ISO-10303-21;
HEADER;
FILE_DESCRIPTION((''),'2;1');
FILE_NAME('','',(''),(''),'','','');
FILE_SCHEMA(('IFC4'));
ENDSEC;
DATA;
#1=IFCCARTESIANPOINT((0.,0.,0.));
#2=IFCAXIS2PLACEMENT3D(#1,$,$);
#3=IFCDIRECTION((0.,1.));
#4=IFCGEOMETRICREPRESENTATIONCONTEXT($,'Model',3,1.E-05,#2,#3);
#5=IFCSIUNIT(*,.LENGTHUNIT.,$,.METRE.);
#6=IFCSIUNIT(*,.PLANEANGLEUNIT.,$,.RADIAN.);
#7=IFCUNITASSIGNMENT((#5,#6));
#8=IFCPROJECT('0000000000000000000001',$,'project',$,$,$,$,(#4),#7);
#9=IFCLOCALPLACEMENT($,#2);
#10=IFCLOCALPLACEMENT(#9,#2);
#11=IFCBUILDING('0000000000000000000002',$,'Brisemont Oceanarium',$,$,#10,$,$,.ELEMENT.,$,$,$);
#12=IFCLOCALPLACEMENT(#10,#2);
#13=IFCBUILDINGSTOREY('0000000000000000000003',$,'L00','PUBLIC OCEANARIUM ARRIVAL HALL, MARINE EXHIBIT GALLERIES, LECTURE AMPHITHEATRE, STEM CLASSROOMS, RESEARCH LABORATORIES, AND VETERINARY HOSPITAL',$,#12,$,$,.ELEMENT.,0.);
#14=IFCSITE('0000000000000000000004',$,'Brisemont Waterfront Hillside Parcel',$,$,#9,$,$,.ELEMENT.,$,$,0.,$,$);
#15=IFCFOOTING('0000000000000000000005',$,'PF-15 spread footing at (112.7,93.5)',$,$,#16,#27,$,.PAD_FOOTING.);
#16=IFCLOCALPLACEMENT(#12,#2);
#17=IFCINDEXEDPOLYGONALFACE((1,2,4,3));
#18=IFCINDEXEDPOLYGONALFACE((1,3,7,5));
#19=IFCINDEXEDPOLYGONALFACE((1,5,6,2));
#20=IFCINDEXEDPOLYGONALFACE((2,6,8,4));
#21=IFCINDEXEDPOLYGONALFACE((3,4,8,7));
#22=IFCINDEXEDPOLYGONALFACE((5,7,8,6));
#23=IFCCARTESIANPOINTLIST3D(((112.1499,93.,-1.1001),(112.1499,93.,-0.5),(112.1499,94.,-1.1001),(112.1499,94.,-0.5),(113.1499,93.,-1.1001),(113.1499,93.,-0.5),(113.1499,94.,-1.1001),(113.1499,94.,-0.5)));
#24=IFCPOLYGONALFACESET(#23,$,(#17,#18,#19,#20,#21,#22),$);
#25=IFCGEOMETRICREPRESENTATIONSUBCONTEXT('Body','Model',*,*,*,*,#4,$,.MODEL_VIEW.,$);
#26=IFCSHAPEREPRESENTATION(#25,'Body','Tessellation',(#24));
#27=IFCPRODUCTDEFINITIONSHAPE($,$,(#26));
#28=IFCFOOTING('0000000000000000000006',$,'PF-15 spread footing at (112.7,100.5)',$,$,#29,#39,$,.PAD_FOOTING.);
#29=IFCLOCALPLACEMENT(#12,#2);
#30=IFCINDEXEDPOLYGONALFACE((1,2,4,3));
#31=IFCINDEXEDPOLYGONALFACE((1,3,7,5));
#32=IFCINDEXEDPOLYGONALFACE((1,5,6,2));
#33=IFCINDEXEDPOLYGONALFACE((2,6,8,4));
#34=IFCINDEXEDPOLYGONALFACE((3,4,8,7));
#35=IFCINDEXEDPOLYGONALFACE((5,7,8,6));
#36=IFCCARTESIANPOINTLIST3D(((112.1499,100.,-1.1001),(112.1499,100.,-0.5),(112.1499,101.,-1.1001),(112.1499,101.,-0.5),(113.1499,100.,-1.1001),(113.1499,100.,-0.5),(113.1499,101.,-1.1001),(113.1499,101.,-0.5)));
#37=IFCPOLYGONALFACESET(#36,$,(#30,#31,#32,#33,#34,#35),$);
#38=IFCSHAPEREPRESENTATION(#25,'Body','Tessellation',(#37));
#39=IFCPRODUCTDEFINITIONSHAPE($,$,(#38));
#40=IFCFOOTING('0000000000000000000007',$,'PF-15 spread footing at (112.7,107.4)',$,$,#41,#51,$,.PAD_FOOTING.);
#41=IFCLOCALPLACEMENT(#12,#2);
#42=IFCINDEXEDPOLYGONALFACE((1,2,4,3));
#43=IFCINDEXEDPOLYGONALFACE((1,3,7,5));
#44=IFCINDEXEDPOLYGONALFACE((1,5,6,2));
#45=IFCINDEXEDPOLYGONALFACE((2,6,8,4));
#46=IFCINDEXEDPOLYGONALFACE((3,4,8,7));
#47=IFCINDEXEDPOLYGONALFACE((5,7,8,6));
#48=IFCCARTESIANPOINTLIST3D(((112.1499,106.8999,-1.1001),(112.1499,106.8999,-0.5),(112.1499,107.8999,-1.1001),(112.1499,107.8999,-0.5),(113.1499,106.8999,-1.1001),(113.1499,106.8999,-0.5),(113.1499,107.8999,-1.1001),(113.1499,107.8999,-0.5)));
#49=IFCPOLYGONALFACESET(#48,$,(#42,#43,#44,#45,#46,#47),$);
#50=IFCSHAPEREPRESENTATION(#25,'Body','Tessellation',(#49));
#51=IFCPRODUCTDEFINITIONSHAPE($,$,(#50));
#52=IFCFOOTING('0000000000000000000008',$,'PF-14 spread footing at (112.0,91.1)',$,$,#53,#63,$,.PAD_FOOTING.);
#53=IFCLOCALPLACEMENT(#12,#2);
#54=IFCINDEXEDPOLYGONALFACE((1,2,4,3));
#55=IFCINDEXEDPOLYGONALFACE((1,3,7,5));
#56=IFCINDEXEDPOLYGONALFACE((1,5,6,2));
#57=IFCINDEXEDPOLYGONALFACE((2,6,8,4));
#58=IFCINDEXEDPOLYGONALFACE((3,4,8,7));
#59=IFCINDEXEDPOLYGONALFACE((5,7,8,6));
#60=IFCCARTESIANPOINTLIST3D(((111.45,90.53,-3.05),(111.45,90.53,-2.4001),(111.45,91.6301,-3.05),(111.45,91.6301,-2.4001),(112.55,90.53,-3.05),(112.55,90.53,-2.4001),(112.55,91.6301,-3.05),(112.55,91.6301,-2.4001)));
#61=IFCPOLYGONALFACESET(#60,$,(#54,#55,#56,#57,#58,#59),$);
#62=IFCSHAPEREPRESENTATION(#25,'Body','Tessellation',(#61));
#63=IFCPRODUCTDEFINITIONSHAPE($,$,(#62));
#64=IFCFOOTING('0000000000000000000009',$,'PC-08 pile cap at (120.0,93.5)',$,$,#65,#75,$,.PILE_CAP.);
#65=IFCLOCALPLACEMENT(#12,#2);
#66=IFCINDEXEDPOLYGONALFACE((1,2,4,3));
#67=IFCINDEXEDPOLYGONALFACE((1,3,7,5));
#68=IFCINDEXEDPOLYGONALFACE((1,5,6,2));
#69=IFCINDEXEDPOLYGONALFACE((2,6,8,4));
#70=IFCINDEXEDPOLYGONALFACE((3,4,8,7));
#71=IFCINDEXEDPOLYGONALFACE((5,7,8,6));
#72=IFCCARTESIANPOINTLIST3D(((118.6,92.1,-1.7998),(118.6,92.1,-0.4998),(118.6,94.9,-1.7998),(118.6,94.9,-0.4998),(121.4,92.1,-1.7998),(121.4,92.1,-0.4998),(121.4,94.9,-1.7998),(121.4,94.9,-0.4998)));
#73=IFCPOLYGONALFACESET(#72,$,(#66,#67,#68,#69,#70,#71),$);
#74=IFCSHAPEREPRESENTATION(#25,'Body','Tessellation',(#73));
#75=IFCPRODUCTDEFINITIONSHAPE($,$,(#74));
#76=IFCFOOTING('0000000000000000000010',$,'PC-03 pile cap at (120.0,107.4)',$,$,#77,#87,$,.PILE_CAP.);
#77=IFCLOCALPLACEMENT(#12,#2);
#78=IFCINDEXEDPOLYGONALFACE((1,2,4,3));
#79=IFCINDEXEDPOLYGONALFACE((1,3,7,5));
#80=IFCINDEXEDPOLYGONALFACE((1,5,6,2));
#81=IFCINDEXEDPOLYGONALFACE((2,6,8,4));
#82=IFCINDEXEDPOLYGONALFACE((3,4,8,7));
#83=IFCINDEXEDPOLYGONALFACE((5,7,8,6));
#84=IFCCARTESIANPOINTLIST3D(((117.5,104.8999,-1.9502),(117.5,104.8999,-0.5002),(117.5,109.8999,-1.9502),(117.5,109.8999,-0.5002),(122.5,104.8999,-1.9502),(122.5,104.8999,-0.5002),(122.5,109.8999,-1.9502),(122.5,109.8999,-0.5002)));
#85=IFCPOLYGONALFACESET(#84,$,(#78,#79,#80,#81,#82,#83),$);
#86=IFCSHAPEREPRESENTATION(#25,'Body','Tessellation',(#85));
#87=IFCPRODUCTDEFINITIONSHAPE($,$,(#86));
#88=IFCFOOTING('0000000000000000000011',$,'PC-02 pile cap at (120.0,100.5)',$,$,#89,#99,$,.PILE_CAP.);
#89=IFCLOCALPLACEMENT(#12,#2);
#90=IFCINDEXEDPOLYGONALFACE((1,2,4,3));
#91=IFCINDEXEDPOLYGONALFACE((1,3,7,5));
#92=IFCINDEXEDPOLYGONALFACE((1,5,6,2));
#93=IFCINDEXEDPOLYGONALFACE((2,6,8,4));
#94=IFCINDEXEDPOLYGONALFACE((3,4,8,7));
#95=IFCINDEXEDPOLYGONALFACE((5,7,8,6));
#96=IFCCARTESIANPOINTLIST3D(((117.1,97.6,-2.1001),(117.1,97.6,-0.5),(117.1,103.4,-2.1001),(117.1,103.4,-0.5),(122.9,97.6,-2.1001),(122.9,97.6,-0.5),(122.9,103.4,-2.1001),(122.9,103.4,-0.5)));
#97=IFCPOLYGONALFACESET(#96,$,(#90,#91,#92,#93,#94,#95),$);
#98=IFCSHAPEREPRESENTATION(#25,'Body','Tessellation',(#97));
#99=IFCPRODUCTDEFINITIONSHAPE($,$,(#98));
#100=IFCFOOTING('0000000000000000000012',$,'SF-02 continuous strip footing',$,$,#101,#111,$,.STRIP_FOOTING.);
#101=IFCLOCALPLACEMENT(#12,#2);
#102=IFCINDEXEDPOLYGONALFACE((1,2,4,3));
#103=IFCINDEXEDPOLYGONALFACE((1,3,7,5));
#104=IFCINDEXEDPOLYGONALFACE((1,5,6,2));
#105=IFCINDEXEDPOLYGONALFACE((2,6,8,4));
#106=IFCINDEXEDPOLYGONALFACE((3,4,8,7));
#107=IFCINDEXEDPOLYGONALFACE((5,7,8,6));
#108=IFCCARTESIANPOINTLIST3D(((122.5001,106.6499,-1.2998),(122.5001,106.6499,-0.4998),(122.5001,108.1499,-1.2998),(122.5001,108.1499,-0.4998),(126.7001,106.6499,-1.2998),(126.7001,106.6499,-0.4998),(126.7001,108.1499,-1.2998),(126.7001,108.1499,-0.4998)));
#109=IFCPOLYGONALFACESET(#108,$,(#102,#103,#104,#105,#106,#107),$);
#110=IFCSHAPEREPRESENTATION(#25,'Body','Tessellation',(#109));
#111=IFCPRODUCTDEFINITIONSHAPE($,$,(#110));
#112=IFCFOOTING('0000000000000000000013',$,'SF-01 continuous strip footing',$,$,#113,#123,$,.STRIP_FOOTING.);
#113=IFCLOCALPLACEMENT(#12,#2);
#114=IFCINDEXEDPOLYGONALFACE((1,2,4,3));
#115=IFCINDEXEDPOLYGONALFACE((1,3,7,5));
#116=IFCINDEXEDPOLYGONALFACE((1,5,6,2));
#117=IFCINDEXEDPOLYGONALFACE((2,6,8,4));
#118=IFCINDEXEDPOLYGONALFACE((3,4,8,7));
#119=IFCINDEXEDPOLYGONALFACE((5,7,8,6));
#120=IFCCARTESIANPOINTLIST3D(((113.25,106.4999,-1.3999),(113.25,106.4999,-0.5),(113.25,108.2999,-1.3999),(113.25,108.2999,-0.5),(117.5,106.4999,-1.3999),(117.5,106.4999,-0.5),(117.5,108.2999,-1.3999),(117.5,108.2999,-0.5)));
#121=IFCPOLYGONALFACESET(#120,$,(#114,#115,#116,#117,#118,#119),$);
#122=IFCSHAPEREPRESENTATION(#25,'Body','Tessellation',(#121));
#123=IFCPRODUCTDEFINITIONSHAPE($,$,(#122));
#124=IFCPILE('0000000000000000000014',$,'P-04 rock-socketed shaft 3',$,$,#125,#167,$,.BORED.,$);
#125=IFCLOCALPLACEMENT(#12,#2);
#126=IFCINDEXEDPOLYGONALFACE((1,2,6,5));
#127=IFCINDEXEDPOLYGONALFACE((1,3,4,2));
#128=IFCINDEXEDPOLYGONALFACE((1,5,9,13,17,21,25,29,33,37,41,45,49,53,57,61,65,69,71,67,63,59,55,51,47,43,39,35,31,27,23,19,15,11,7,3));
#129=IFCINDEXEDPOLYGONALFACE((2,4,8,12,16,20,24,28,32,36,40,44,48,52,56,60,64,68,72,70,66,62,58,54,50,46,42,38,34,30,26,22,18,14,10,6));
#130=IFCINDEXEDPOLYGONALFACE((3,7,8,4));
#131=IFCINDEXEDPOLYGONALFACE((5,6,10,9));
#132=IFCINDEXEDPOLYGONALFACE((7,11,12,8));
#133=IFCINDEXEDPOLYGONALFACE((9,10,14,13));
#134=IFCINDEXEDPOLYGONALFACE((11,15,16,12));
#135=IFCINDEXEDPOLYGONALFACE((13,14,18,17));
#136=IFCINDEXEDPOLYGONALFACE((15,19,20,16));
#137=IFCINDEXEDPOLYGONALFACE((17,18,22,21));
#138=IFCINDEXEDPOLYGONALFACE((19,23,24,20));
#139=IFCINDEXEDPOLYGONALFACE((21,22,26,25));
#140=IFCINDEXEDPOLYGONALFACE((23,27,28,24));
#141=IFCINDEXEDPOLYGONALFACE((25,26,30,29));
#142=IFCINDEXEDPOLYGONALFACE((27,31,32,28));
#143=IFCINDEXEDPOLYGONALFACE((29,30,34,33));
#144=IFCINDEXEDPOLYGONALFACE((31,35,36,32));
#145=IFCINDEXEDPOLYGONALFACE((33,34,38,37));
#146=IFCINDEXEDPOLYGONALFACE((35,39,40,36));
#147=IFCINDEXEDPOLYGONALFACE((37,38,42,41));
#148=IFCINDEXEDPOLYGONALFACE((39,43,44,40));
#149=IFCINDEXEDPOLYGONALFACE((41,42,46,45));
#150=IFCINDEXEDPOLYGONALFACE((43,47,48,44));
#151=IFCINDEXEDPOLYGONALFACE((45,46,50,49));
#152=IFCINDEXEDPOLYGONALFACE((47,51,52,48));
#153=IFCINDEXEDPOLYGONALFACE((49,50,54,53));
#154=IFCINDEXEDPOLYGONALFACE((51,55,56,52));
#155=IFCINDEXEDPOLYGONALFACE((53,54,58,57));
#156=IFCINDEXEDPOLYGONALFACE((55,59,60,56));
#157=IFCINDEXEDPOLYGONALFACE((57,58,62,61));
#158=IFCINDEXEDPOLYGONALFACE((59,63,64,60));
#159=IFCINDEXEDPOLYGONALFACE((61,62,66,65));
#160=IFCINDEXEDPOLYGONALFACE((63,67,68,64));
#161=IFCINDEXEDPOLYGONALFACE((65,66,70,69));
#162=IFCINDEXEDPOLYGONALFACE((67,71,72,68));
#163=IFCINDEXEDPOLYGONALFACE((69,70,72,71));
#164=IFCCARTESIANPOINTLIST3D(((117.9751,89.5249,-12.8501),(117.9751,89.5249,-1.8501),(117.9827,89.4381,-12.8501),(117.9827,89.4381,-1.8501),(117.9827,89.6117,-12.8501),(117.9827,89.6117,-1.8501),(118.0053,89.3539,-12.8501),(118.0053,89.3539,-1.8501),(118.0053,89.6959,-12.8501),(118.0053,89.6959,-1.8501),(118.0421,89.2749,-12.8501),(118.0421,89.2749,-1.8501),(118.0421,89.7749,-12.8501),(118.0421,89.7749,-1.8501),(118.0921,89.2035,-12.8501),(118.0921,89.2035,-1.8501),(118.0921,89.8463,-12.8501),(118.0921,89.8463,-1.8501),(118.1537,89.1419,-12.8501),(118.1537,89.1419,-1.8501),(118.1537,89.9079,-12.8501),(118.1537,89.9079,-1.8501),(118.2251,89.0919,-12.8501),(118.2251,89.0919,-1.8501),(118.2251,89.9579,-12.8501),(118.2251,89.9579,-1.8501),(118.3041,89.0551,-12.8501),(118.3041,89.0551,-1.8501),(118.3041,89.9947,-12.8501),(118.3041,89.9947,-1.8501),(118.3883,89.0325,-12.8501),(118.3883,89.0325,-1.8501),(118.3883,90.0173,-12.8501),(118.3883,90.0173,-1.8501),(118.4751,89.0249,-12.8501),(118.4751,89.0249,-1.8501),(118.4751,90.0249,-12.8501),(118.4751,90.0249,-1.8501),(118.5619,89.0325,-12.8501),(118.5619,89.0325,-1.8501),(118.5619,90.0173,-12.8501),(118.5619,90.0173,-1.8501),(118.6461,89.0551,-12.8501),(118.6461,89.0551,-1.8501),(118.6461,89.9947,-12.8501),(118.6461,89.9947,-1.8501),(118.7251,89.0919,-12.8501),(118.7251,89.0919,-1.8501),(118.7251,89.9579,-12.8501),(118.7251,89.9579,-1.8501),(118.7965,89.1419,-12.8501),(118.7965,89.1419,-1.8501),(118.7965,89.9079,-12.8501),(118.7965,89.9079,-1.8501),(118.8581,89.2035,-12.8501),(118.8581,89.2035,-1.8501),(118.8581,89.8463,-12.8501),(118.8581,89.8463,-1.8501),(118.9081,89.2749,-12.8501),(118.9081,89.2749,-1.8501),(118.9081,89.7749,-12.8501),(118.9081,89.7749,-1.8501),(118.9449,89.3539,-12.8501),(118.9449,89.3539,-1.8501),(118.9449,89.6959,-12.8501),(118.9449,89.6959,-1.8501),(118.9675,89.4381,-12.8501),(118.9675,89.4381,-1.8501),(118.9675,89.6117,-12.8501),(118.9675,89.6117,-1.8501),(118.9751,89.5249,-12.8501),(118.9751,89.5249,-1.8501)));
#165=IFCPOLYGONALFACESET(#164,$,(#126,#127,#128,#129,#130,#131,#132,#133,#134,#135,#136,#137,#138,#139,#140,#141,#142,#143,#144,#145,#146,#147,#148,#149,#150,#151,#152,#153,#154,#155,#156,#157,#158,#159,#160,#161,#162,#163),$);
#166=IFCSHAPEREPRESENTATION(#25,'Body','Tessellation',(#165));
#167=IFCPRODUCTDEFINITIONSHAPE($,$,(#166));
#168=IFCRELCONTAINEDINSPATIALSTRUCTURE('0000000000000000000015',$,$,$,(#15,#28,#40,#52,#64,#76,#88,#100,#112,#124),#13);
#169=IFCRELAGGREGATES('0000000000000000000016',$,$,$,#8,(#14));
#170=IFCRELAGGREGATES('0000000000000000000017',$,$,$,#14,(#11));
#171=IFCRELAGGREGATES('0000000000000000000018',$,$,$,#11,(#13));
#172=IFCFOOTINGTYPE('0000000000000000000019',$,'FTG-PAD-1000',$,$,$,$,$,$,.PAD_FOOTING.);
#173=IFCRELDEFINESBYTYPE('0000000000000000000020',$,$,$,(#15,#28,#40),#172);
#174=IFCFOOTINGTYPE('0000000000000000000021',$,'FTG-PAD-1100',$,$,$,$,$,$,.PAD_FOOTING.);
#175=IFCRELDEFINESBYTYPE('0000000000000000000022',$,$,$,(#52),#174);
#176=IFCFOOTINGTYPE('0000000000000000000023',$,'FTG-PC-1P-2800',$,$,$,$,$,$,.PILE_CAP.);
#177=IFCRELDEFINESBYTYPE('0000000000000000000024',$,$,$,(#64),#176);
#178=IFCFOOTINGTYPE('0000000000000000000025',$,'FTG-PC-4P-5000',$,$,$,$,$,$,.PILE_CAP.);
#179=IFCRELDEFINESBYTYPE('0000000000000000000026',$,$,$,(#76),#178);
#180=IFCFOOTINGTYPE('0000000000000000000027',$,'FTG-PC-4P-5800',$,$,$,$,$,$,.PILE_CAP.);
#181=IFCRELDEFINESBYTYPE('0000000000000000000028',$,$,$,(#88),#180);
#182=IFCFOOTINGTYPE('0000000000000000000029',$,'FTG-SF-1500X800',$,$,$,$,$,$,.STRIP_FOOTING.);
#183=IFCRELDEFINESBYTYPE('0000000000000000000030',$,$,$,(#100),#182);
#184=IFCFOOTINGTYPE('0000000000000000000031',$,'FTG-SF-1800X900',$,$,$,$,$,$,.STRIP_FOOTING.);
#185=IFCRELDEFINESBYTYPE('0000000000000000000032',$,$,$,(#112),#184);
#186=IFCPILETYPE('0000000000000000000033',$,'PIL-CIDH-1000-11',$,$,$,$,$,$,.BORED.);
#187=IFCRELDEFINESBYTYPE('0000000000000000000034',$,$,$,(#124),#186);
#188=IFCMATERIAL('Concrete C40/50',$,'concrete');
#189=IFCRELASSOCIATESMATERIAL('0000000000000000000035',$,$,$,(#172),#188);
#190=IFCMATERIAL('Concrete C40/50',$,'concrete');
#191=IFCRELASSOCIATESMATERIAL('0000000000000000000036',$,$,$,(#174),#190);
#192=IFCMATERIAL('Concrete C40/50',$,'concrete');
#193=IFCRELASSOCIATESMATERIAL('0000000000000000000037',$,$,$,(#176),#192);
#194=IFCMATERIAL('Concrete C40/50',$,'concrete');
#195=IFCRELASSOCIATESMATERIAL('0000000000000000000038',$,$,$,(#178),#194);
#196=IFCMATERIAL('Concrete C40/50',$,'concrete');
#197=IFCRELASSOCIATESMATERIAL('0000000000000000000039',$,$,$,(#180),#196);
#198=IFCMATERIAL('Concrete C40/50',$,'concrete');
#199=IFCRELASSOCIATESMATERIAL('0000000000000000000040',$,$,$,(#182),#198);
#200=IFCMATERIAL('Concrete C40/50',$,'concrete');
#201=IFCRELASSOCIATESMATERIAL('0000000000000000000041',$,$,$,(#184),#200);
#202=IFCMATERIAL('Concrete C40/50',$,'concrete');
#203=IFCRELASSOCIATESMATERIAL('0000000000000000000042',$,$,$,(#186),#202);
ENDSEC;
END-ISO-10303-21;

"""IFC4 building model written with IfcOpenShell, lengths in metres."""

from ifc_helpers import new_model, si_unit, direction, frame, origin, origin_2d, place, context, subcontext, project, spatial, rectangle, circle, extrude, material, material_profile, profile_set, type_object, element, save


model = new_model("IFC4")

# Units and contexts
model_context = context("Model", 3, precision=1e-05, world=origin(), true_north=direction((0.0, 1.0)))
body_context = subcontext(model_context, "Body", "Model", "MODEL_VIEW")
ifc_project = project(units=[si_unit("LENGTHUNIT", "METRE"), si_unit("PLANEANGLEUNIT", "RADIAN")], contexts=[model_context])

# Site, building, storey
site_placement = place(None, origin())
site = spatial("IfcSite", under=ifc_project, at=site_placement, Name="Brisemont Waterfront Hillside Parcel", CompositionType="ELEMENT", RefElevation=0.0)
building_placement = place(site_placement, origin())
building = spatial("IfcBuilding", under=site, at=building_placement, Name="Brisemont Oceanarium", CompositionType="ELEMENT")
storey_placement = place(building_placement, origin())
storey = spatial("IfcBuildingStorey", under=building, at=storey_placement, Name="L00", Description="PUBLIC OCEANARIUM ARRIVAL HALL, MARINE EXHIBIT GALLERIES, LECTURE AMPHITHEATRE, STEM CLASSROOMS, RESEARCH LABORATORIES, AND VETERINARY HOSPITAL", CompositionType="ELEMENT", Elevation=0.0)

# Footings
ifc_material_1 = material(Name="Concrete C40/50", Category="concrete")
footing_type_1 = type_object("IfcFootingType", Name="FTG-PAD-1000", PredefinedType="PAD_FOOTING", material=ifc_material_1)
for number, where, z_axis, x_axis, name in (
    (1, (112.6499, 93.5, -1.1001), (0.0, 0.0, 1.0), (1.0, 0.0, 0.0), "PF-15 spread footing at (112.7,93.5)"),
    (2, (112.6499, 100.5, -1.1001), (0.0, 0.0, 1.0), (1.0, 0.0, 0.0), "PF-15 spread footing at (112.7,100.5)"),
    (3, (112.6499, 107.3999, -1.1001), (0.0, 0.0, 1.0), (1.0, 0.0, 0.0), "PF-15 spread footing at (112.7,107.4)"),
):
    element("IfcFooting", number, at=place(storey_placement, frame(where, z_axis=z_axis, x_axis=x_axis)), inside=storey, type_object=footing_type_1, Name=name, PredefinedType="PAD_FOOTING", context=body_context, shape_type="SweptSolid", body=[
        extrude(rectangle(XDim=1.0, YDim=1.0, at=origin_2d()), origin(), (0.0, 0.0, 1.0), 0.6001),
    ])
ifc_material_2 = material(Name="Concrete C40/50", Category="concrete")
footing_type_2 = type_object("IfcFootingType", Name="FTG-PAD-1100", PredefinedType="PAD_FOOTING", material=ifc_material_2)
footing_1_placement = place(storey_placement, frame((112.0, 91.0801, -3.05), z_axis=(0.0, 0.0, 1.0), x_axis=(1.0, 0.0, 0.0)))
element("IfcFooting", 4, at=footing_1_placement, inside=storey, type_object=footing_type_2, Name="PF-14 spread footing at (112.0,91.1)", PredefinedType="PAD_FOOTING", context=body_context, shape_type="SweptSolid", body=[
    extrude(rectangle(XDim=1.1001, YDim=1.1001, at=origin_2d()), origin(), (0.0, 0.0, 1.0), 0.6499),
])
ifc_material_3 = material(Name="Concrete C40/50", Category="concrete")
footing_type_3 = type_object("IfcFootingType", Name="FTG-PC-1P-2800", PredefinedType="PILE_CAP", material=ifc_material_3)
footing_2_placement = place(storey_placement, frame((120.0, 93.5, -1.7998), z_axis=(0.0, 0.0, 1.0), x_axis=(1.0, 0.0, 0.0)))
element("IfcFooting", 5, at=footing_2_placement, inside=storey, type_object=footing_type_3, Name="PC-08 pile cap at (120.0,93.5)", PredefinedType="PILE_CAP", context=body_context, shape_type="SweptSolid", body=[
    extrude(rectangle(XDim=2.8, YDim=2.8, at=origin_2d()), origin(), (0.0, 0.0, 1.0), 1.3),
])
ifc_material_4 = material(Name="Concrete C40/50", Category="concrete")
footing_type_4 = type_object("IfcFootingType", Name="FTG-PC-4P-5000", PredefinedType="PILE_CAP", material=ifc_material_4)
footing_3_placement = place(storey_placement, frame((120.0, 107.3999, -1.9502), z_axis=(0.0, 0.0, 1.0), x_axis=(1.0, 0.0, 0.0)))
element("IfcFooting", 6, at=footing_3_placement, inside=storey, type_object=footing_type_4, Name="PC-03 pile cap at (120.0,107.4)", PredefinedType="PILE_CAP", context=body_context, shape_type="SweptSolid", body=[
    extrude(rectangle(XDim=5.0, YDim=5.0, at=origin_2d()), origin(), (0.0, 0.0, 1.0), 1.45),
])
ifc_material_5 = material(Name="Concrete C40/50", Category="concrete")
footing_type_5 = type_object("IfcFootingType", Name="FTG-PC-4P-5800", PredefinedType="PILE_CAP", material=ifc_material_5)
footing_4_placement = place(storey_placement, frame((120.0, 100.5, -2.1001), z_axis=(0.0, 0.0, 1.0), x_axis=(1.0, 0.0, 0.0)))
element("IfcFooting", 7, at=footing_4_placement, inside=storey, type_object=footing_type_5, Name="PC-02 pile cap at (120.0,100.5)", PredefinedType="PILE_CAP", context=body_context, shape_type="SweptSolid", body=[
    extrude(rectangle(XDim=5.8, YDim=5.8, at=origin_2d()), origin(), (0.0, 0.0, 1.0), 1.6001),
])
ifc_material_6 = material(Name="Concrete C40/50", Category="concrete")
footing_type_6 = type_object("IfcFootingType", Name="FTG-SF-1500X800", PredefinedType="STRIP_FOOTING", material=ifc_material_6)
footing_5_placement = place(storey_placement, frame((124.6001, 107.3999, -1.2998), z_axis=(0.0, 0.0, 1.0), x_axis=(1.0, 0.0, 0.0)))
element("IfcFooting", 8, at=footing_5_placement, inside=storey, type_object=footing_type_6, Name="SF-02 continuous strip footing", PredefinedType="STRIP_FOOTING", context=body_context, shape_type="SweptSolid", body=[
    extrude(rectangle(XDim=4.2, YDim=1.5, at=origin_2d()), origin(), (0.0, 0.0, 1.0), 0.8),
])
ifc_material_7 = material(Name="Concrete C40/50", Category="concrete")
footing_type_7 = type_object("IfcFootingType", Name="FTG-SF-1800X900", PredefinedType="STRIP_FOOTING", material=ifc_material_7)
footing_6_placement = place(storey_placement, frame((115.375, 107.3999, -1.3999), z_axis=(0.0, 0.0, 1.0), x_axis=(1.0, 0.0, 0.0)))
element("IfcFooting", 9, at=footing_6_placement, inside=storey, type_object=footing_type_7, Name="SF-01 continuous strip footing", PredefinedType="STRIP_FOOTING", context=body_context, shape_type="SweptSolid", body=[
    extrude(rectangle(XDim=4.25, YDim=1.8, at=origin_2d()), origin(), (0.0, 0.0, 1.0), 0.8999),
])

# Pile
ifc_material_8 = material(Name="Concrete C40/50", Category="concrete")
ifc_material_profile_1 = material_profile(ifc_material_8, circle(Radius=0.5, at=origin_2d()), Name="CIDH-D1000")
ifc_profile_set_1 = profile_set([ifc_material_profile_1], Name="Concrete C40/50")
pile_type_1 = type_object("IfcPileType", Name="PIL-CIDH-1000-11", PredefinedType="BORED", material=ifc_profile_set_1)
for number, where, z_axis, x_axis, name in (
    (10, (118.4751, 89.5249, -1.8501), (0.0, 0.0, -1.0), (1.0, 0.0, 0.0), "P-04 rock-socketed shaft 3"),
):
    element("IfcPile", number, at=place(storey_placement, frame(where, z_axis=z_axis, x_axis=x_axis)), inside=storey, type_object=pile_type_1, Name=name, PredefinedType="BORED", context=body_context, shape_type="SweptSolid", body=[
        extrude(circle(Radius=0.5, at=origin_2d()), origin(), (0.0, 0.0, 1.0), 11.0),
    ])

save(model, "model.ifc")
